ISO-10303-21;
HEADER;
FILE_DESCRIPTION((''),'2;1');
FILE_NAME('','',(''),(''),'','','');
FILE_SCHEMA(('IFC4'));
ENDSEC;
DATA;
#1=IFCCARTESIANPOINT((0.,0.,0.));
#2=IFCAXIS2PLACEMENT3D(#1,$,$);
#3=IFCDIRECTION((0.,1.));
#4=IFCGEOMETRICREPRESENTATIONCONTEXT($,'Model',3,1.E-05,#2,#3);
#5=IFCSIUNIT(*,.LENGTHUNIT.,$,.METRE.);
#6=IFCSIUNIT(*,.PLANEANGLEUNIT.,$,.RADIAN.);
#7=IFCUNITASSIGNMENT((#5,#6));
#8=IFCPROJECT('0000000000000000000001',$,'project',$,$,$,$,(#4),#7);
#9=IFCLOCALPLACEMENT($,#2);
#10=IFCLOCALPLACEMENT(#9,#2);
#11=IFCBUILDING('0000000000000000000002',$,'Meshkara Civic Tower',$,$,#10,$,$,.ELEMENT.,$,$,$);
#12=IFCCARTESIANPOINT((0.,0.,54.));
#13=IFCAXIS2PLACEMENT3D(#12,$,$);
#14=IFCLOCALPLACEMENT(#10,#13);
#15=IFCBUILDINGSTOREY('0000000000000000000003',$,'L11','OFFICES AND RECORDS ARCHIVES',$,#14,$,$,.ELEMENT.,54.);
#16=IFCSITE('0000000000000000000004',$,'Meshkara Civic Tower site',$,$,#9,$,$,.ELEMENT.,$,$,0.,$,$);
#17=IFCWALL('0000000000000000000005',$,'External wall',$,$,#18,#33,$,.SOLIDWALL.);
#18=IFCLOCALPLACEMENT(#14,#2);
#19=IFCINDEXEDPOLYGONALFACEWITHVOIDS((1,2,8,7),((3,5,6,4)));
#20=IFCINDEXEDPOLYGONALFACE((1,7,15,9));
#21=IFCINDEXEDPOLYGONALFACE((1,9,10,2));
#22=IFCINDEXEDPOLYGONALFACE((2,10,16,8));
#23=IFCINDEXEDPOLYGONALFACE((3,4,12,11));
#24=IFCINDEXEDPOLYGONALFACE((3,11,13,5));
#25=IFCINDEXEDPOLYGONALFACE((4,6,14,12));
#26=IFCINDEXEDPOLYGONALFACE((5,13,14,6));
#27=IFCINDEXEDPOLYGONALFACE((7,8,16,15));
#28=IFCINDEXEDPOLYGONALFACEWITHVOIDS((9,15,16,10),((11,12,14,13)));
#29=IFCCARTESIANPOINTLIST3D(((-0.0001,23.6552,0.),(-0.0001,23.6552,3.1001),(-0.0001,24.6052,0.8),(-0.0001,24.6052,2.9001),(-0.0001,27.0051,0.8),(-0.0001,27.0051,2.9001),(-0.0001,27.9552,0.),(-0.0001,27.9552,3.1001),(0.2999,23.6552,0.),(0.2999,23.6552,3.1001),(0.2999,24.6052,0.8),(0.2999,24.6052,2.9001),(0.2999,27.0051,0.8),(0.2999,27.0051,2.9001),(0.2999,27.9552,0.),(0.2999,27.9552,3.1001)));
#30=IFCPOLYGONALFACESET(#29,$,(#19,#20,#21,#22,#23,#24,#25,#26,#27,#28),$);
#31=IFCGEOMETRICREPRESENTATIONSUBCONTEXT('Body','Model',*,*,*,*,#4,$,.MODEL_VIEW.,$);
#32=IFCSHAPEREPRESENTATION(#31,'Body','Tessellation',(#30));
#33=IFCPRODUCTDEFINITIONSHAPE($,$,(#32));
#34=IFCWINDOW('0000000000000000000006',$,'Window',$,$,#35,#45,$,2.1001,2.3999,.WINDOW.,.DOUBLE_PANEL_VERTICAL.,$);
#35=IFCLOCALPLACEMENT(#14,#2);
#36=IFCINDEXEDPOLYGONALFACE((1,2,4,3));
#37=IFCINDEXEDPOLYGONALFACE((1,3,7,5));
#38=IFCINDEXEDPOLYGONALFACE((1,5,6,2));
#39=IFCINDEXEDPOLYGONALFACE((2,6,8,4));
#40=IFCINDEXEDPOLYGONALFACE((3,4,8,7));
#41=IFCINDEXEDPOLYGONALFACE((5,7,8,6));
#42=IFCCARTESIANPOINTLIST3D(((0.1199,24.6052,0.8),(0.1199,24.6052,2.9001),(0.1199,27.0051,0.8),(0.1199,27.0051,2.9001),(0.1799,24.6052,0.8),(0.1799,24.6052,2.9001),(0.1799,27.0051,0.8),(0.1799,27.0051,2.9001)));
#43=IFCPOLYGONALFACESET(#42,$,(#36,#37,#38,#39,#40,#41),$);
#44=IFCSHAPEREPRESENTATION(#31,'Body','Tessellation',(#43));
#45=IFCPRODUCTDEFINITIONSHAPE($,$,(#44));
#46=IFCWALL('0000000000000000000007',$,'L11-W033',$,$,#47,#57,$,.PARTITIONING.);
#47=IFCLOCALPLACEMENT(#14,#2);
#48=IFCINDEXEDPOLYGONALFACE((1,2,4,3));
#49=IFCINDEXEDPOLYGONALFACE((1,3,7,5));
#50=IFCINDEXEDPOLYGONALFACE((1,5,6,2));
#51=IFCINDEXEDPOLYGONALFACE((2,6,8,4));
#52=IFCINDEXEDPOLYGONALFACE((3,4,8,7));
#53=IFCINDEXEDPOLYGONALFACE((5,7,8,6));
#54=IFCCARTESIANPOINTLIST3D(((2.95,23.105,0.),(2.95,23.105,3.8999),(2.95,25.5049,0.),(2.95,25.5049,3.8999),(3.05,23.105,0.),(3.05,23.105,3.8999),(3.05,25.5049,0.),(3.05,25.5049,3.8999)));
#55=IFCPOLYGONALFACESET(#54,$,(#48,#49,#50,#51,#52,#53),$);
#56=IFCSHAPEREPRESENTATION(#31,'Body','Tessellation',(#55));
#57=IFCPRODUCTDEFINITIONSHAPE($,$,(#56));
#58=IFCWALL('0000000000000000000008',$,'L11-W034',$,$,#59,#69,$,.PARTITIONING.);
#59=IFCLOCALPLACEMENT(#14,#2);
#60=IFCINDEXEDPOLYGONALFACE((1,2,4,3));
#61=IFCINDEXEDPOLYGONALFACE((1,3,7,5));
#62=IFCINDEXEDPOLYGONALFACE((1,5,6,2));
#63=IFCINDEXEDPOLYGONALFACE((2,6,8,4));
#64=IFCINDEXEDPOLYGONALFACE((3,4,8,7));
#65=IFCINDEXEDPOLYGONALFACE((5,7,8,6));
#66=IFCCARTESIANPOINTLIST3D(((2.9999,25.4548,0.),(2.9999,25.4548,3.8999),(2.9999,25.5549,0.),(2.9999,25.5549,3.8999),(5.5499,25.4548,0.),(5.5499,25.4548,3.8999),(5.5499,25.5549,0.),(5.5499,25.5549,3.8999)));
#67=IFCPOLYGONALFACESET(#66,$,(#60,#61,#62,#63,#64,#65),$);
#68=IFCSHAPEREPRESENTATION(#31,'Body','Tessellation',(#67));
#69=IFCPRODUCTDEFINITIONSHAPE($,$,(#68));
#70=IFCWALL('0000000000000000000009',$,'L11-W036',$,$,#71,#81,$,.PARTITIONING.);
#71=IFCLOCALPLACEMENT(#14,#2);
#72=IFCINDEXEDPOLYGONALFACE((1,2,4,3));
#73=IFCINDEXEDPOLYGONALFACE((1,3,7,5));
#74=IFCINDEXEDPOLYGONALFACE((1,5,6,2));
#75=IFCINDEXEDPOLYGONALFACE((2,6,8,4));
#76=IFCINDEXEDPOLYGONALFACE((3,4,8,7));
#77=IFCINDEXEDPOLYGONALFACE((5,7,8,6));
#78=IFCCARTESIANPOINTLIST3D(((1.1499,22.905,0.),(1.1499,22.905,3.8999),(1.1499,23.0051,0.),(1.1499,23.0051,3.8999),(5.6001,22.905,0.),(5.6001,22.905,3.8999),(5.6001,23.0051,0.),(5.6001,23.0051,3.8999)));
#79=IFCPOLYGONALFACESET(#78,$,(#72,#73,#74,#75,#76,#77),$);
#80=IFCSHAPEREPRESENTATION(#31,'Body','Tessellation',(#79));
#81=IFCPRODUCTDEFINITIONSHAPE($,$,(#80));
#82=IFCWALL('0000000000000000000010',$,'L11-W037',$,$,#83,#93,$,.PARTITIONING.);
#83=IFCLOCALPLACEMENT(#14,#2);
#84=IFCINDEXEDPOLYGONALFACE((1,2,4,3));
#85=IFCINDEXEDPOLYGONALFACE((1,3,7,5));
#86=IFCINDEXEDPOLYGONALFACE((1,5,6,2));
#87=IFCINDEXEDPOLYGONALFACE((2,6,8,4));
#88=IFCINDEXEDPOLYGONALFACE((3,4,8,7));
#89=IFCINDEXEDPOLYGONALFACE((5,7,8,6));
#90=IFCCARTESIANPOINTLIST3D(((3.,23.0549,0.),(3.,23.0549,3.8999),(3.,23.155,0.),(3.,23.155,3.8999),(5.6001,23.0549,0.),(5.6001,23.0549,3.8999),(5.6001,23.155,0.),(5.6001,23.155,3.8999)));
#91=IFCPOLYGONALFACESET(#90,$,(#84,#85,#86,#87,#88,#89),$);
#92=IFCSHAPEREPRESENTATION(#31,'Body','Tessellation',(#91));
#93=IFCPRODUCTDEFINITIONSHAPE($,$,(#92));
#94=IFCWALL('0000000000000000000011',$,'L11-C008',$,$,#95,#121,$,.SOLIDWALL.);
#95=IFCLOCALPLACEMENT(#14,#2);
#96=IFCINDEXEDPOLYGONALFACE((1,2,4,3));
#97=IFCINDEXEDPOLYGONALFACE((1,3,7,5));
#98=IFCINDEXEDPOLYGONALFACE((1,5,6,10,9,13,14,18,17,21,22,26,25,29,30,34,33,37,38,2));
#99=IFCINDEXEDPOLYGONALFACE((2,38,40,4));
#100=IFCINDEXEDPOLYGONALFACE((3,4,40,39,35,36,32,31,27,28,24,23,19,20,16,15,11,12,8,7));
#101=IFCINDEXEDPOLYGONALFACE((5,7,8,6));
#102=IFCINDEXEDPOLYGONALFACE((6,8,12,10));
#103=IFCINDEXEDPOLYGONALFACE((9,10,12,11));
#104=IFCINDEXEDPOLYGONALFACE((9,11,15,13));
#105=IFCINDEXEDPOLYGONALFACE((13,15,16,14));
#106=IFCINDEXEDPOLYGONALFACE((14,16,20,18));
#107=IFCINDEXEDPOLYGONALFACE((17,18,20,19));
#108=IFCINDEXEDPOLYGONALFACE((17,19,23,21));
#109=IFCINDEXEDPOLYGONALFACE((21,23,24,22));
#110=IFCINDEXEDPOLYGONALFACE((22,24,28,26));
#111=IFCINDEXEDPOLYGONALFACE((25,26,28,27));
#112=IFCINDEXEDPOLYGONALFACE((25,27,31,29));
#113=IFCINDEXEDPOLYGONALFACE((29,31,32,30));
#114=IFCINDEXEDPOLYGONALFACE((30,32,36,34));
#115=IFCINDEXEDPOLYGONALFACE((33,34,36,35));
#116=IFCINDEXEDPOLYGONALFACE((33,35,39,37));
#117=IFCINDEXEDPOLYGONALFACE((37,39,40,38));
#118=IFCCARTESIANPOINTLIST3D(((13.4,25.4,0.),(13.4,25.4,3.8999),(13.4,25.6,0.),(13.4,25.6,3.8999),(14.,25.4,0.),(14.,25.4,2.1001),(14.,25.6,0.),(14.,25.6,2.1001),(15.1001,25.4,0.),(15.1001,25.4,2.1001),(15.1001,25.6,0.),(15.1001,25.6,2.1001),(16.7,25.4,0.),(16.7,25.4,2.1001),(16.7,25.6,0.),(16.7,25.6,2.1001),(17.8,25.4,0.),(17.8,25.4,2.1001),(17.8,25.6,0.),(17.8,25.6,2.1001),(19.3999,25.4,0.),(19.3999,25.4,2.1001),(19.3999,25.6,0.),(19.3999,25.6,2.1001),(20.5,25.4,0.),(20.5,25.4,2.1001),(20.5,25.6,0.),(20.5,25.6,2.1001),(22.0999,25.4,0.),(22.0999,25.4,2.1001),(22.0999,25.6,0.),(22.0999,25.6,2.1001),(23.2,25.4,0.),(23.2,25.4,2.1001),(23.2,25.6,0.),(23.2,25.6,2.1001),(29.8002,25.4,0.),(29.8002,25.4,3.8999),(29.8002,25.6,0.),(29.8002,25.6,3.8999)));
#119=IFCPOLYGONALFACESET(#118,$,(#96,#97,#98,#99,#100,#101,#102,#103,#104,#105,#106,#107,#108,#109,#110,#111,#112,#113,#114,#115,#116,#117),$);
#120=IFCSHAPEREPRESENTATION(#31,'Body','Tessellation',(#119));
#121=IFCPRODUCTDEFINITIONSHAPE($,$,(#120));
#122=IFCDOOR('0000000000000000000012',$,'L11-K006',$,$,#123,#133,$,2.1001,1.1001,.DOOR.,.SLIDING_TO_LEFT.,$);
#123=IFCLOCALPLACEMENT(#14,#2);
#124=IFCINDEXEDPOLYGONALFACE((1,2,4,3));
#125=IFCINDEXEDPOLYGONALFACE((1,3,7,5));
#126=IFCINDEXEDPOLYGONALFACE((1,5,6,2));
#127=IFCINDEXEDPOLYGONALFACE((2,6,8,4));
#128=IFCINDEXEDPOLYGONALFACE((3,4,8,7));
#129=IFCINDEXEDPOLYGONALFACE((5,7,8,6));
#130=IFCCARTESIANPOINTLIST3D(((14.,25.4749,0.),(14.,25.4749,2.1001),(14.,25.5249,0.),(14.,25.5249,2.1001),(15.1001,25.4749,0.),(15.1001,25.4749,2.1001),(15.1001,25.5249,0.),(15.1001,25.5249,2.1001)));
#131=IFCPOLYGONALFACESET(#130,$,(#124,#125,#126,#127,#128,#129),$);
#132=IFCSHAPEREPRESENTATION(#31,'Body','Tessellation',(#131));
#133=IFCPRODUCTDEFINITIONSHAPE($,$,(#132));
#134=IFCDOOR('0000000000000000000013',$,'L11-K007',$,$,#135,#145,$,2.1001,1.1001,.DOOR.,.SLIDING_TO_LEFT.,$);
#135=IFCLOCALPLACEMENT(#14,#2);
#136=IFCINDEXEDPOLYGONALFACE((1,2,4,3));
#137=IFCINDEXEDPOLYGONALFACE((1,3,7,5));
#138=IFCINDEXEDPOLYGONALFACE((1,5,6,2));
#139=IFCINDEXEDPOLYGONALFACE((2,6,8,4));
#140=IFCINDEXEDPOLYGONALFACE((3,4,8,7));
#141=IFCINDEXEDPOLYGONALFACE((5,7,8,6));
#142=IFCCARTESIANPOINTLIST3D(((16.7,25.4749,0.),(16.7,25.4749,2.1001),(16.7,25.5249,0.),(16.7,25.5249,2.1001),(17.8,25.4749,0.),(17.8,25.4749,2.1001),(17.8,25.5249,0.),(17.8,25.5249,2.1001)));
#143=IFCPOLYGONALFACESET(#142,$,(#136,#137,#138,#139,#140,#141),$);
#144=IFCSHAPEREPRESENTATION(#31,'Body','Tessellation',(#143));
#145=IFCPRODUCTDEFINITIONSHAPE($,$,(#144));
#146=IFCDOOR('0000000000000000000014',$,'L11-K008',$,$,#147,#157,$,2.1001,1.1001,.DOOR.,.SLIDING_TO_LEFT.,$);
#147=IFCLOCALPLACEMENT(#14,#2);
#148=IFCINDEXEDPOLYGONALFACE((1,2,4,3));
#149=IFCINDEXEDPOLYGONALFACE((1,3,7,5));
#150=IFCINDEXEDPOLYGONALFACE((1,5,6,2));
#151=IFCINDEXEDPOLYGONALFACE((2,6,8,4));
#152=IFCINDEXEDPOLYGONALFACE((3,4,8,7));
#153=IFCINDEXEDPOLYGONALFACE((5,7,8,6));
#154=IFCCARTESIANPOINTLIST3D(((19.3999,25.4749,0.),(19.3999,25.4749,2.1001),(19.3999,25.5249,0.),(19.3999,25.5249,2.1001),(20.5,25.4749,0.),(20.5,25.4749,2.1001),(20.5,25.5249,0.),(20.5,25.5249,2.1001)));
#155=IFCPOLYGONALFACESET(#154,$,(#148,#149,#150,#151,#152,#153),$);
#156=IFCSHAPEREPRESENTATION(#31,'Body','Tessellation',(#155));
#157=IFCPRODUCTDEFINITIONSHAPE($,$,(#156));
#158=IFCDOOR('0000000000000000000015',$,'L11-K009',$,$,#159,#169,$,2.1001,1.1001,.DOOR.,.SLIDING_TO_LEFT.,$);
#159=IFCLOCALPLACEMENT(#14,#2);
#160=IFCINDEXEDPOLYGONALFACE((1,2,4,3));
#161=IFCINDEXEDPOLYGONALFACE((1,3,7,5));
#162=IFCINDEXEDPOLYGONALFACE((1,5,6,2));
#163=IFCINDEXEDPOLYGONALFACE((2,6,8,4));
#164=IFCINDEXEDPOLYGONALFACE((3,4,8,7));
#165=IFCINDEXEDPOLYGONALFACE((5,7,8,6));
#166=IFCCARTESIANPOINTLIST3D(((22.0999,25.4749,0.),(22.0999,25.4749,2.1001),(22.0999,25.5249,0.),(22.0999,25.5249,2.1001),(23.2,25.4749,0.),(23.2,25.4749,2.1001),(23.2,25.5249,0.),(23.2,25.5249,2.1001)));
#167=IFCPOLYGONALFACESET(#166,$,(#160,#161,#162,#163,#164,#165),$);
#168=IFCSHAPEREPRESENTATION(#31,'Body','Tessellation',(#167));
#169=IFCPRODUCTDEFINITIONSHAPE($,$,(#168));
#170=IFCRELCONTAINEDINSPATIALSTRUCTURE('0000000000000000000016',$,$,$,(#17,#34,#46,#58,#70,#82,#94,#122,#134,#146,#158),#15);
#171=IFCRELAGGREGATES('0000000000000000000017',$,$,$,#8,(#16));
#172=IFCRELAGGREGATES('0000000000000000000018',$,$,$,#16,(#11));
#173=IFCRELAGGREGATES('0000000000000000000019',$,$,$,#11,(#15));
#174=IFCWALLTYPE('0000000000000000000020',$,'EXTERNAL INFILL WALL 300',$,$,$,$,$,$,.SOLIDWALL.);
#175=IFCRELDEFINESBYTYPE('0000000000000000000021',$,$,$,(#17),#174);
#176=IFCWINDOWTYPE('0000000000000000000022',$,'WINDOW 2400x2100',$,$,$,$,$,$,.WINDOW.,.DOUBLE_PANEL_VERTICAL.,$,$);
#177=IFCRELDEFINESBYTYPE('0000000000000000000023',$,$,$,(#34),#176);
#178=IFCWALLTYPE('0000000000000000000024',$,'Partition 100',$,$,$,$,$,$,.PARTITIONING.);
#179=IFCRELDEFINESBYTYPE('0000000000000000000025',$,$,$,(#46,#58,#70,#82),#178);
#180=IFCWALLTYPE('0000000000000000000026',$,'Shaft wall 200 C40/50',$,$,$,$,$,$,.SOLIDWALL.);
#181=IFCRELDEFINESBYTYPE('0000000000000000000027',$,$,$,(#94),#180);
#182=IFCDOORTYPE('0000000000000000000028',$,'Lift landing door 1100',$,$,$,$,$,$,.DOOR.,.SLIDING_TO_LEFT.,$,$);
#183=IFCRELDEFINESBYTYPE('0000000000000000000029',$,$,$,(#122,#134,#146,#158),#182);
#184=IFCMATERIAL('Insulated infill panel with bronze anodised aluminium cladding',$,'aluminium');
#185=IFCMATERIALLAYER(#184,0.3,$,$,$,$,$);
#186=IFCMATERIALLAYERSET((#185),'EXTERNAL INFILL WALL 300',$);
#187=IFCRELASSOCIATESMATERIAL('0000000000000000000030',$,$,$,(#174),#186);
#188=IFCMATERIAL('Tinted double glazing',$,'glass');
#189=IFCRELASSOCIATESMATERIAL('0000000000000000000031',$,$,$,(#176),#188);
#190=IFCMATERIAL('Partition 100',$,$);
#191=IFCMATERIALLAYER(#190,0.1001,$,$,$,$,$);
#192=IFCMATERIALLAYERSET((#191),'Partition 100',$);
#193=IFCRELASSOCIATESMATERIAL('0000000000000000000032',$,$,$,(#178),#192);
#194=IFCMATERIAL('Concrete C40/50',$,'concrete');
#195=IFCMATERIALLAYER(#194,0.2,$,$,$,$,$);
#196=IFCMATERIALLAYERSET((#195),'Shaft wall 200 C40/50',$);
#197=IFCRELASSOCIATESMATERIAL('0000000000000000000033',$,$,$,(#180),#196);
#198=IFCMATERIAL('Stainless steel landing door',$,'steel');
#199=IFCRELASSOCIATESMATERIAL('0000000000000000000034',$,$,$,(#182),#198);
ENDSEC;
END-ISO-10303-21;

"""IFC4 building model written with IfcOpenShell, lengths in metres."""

from ifc_helpers import new_model, si_unit, direction, frame, frame_2d, origin, place, context, subcontext, project, spatial, rectangle, extrude, material, layer, layer_set, type_object, element, fill, save


model = new_model("IFC4")

# Units and contexts
model_context = context("Model", 3, precision=1e-05, world=origin(), true_north=direction((0.0, 1.0)))
body_context = subcontext(model_context, "Body", "Model", "MODEL_VIEW")
ifc_project = project(units=[si_unit("LENGTHUNIT", "METRE"), si_unit("PLANEANGLEUNIT", "RADIAN")], contexts=[model_context])

# Site, building, storey
site_placement = place(None, origin())
site = spatial("IfcSite", under=ifc_project, at=site_placement, Name="Meshkara Civic Tower site", CompositionType="ELEMENT", RefElevation=0.0)
building_placement = place(site_placement, origin())
building = spatial("IfcBuilding", under=site, at=building_placement, Name="Meshkara Civic Tower", CompositionType="ELEMENT")
storey_placement = place(building_placement, frame((0.0, 0.0, 54.0)))
storey = spatial("IfcBuildingStorey", under=building, at=storey_placement, Name="L11", Description="OFFICES AND RECORDS ARCHIVES", CompositionType="ELEMENT", Elevation=54.0)

# Wall, opening, window
ifc_material_1 = material(Name="Insulated infill panel with bronze anodised aluminium cladding", Category="aluminium")
ifc_layer_1 = layer(ifc_material_1, 0.3)
ifc_layer_set_1 = layer_set([ifc_layer_1], Name="EXTERNAL INFILL WALL 300")
wall_type_1 = type_object("IfcWallType", Name="EXTERNAL INFILL WALL 300", PredefinedType="SOLIDWALL", material=ifc_layer_set_1)
wall_1_placement = place(storey_placement, frame((0.1499, 27.9551, 0.0), z_axis=(0.0, 0.0, 1.0), x_axis=(0.0, -1.0, 0.0)))
wall_1 = element("IfcWall", 1, at=wall_1_placement, inside=storey, type_object=wall_type_1, Name="External wall", PredefinedType="SOLIDWALL", context=body_context, shape_type="SweptSolid", body=[
    extrude(rectangle(XDim=4.3, YDim=0.3, at=frame_2d((2.1499, 0.0))), origin(), (0.0, 0.0, 1.0), 3.1001),
])
opening_1_placement = place(wall_1_placement, frame((0.95, 0.0, 0.8)))
opening_1 = element("IfcOpeningElement", 2, at=opening_1_placement, cuts=wall_1, PredefinedType="OPENING", context=body_context, shape_type="SweptSolid", body=[
    extrude(rectangle(XDim=2.3999, YDim=2.1001, at=frame_2d((1.2, 1.05))), frame((0.0, 0.1599, 0.0), z_axis=(0.0, -1.0, 0.0), x_axis=(1.0, 0.0, 0.0)), (0.0, 0.0, 1.0), 0.3201),
])
ifc_material_2 = material(Name="Tinted double glazing", Category="glass")
window_type = type_object("IfcWindowType", Name="WINDOW 2400x2100", PartitioningType="DOUBLE_PANEL_VERTICAL", PredefinedType="WINDOW", material=ifc_material_2)
window_placement = place(opening_1_placement, origin())
window = element("IfcWindow", 3, at=window_placement, inside=storey, type_object=window_type, Name="Window", OverallHeight=2.1001, OverallWidth=2.3999, PartitioningType="DOUBLE_PANEL_VERTICAL", PredefinedType="WINDOW", context=body_context, shape_type="SweptSolid", body=[
    extrude(rectangle(XDim=2.3999, YDim=2.1001, at=frame_2d((1.2, 1.05))), frame((0.0, 0.03, 0.0), z_axis=(0.0, -1.0, 0.0), x_axis=(1.0, 0.0, 0.0)), (0.0, 0.0, 1.0), 0.0601),
])
fill(opening_1, window)

# Walls
ifc_material_3 = material(Name="Partition 100")
ifc_layer_2 = layer(ifc_material_3, 0.1001)
ifc_layer_set_2 = layer_set([ifc_layer_2], Name="Partition 100")
wall_type_2 = type_object("IfcWallType", Name="Partition 100", PredefinedType="PARTITIONING", material=ifc_layer_set_2)
wall_2_placement = place(storey_placement, frame((3.0, 23.105, 0.0), z_axis=(0.0, 0.0, 1.0), x_axis=(0.0, 1.0, 0.0)))
element("IfcWall", 4, at=wall_2_placement, inside=storey, type_object=wall_type_2, Name="L11-W033", PredefinedType="PARTITIONING", context=body_context, shape_type="SweptSolid", body=[
    extrude(rectangle(XDim=2.3999, YDim=0.1001, at=frame_2d((1.2, 0.0))), origin(), (0.0, 0.0, 1.0), 3.8999),
])
wall_3_placement = place(storey_placement, frame((3.0, 25.5049, 0.0), z_axis=(0.0, 0.0, 1.0), x_axis=(1.0, 0.0, 0.0)))
element("IfcWall", 5, at=wall_3_placement, inside=storey, type_object=wall_type_2, Name="L11-W034", PredefinedType="PARTITIONING", context=body_context, shape_type="SweptSolid", body=[
    extrude(rectangle(XDim=2.55, YDim=0.1001, at=frame_2d((1.2749, 0.0))), origin(), (0.0, 0.0, 1.0), 3.8999),
])
wall_4_placement = place(storey_placement, frame((5.6001, 22.9551, 0.0), z_axis=(0.0, 0.0, 1.0), x_axis=(-1.0, 0.0, 0.0)))
element("IfcWall", 6, at=wall_4_placement, inside=storey, type_object=wall_type_2, Name="L11-W036", PredefinedType="PARTITIONING", context=body_context, shape_type="SweptSolid", body=[
    extrude(rectangle(XDim=4.4502, YDim=0.1001, at=frame_2d((2.2251, 0.0))), origin(), (0.0, 0.0, 1.0), 3.8999),
])
wall_5_placement = place(storey_placement, frame((5.6001, 23.105, 0.0), z_axis=(0.0, 0.0, 1.0), x_axis=(-1.0, 0.0, 0.0)))
element("IfcWall", 7, at=wall_5_placement, inside=storey, type_object=wall_type_2, Name="L11-W037", PredefinedType="PARTITIONING", context=body_context, shape_type="SweptSolid", body=[
    extrude(rectangle(XDim=2.6001, YDim=0.1001, at=frame_2d((1.3, 0.0))), origin(), (0.0, 0.0, 1.0), 3.8999),
])

# Wall, openings, doors
ifc_material_4 = material(Name="Concrete C40/50", Category="concrete")
ifc_layer_3 = layer(ifc_material_4, 0.2)
ifc_layer_set_3 = layer_set([ifc_layer_3], Name="Shaft wall 200 C40/50")
wall_type_3 = type_object("IfcWallType", Name="Shaft wall 200 C40/50", PredefinedType="SOLIDWALL", material=ifc_layer_set_3)
wall_6_placement = place(storey_placement, frame((13.3999, 25.5, 0.0), z_axis=(0.0, 0.0, 1.0), x_axis=(1.0, 0.0, 0.0)))
wall_6 = element("IfcWall", 8, at=wall_6_placement, inside=storey, type_object=wall_type_3, Name="L11-C008", PredefinedType="SOLIDWALL", context=body_context, shape_type="SweptSolid", body=[
    extrude(rectangle(XDim=16.4001, YDim=0.2, at=frame_2d((8.2002, 0.0))), origin(), (0.0, 0.0, 1.0), 3.8999),
])
opening_2_placement = place(wall_6_placement, frame((0.6001, 0.0, 0.0)))
opening_2 = element("IfcOpeningElement", 9, at=opening_2_placement, cuts=wall_6, PredefinedType="OPENING", context=body_context, shape_type="SweptSolid", body=[
    extrude(rectangle(XDim=1.1001, YDim=2.1001, at=frame_2d((0.55, 1.05))), frame((0.0, 0.1099, 0.0), z_axis=(0.0, -1.0, 0.0), x_axis=(1.0, 0.0, 0.0)), (0.0, 0.0, 1.0), 0.22),
])
opening_3_placement = place(wall_6_placement, frame((3.3, 0.0, 0.0)))
opening_3 = element("IfcOpeningElement", 10, at=opening_3_placement, cuts=wall_6, PredefinedType="OPENING", context=body_context, shape_type="SweptSolid", body=[
    extrude(rectangle(XDim=1.1001, YDim=2.1001, at=frame_2d((0.55, 1.05))), frame((0.0, 0.1099, 0.0), z_axis=(0.0, -1.0, 0.0), x_axis=(1.0, 0.0, 0.0)), (0.0, 0.0, 1.0), 0.22),
])
opening_4_placement = place(wall_6_placement, frame((6.0, 0.0, 0.0)))
opening_4 = element("IfcOpeningElement", 11, at=opening_4_placement, cuts=wall_6, PredefinedType="OPENING", context=body_context, shape_type="SweptSolid", body=[
    extrude(rectangle(XDim=1.1001, YDim=2.1001, at=frame_2d((0.55, 1.05))), frame((0.0, 0.1099, 0.0), z_axis=(0.0, -1.0, 0.0), x_axis=(1.0, 0.0, 0.0)), (0.0, 0.0, 1.0), 0.22),
])
opening_5_placement = place(wall_6_placement, frame((8.7, 0.0, 0.0)))
opening_5 = element("IfcOpeningElement", 12, at=opening_5_placement, cuts=wall_6, PredefinedType="OPENING", context=body_context, shape_type="SweptSolid", body=[
    extrude(rectangle(XDim=1.1001, YDim=2.1001, at=frame_2d((0.55, 1.05))), frame((0.0, 0.1099, 0.0), z_axis=(0.0, -1.0, 0.0), x_axis=(1.0, 0.0, 0.0)), (0.0, 0.0, 1.0), 0.22),
])
ifc_material_5 = material(Name="Stainless steel landing door", Category="steel")
door_type_1 = type_object("IfcDoorType", Name="Lift landing door 1100", OperationType="SLIDING_TO_LEFT", PredefinedType="DOOR", material=ifc_material_5)
door_1_placement = place(opening_2_placement, origin())
door_1 = element("IfcDoor", 13, at=door_1_placement, inside=storey, type_object=door_type_1, Name="L11-K006", OperationType="SLIDING_TO_LEFT", OverallHeight=2.1001, OverallWidth=1.1001, PredefinedType="DOOR", context=body_context, shape_type="SweptSolid", body=[
    extrude(rectangle(XDim=1.1001, YDim=2.1001, at=frame_2d((0.55, 1.05))), frame((0.0, 0.0249, 0.0), z_axis=(0.0, -1.0, 0.0), x_axis=(1.0, 0.0, 0.0)), (0.0, 0.0, 1.0), 0.05),
])
fill(opening_2, door_1)
door_2_placement = place(opening_3_placement, origin())
door_2 = element("IfcDoor", 14, at=door_2_placement, inside=storey, type_object=door_type_1, Name="L11-K007", OperationType="SLIDING_TO_LEFT", OverallHeight=2.1001, OverallWidth=1.1001, PredefinedType="DOOR", context=body_context, shape_type="SweptSolid", body=[
    extrude(rectangle(XDim=1.1001, YDim=2.1001, at=frame_2d((0.55, 1.05))), frame((0.0, 0.0249, 0.0), z_axis=(0.0, -1.0, 0.0), x_axis=(1.0, 0.0, 0.0)), (0.0, 0.0, 1.0), 0.05),
])
fill(opening_3, door_2)
door_3_placement = place(opening_4_placement, origin())
door_3 = element("IfcDoor", 15, at=door_3_placement, inside=storey, type_object=door_type_1, Name="L11-K008", OperationType="SLIDING_TO_LEFT", OverallHeight=2.1001, OverallWidth=1.1001, PredefinedType="DOOR", context=body_context, shape_type="SweptSolid", body=[
    extrude(rectangle(XDim=1.1001, YDim=2.1001, at=frame_2d((0.55, 1.05))), frame((0.0, 0.0249, 0.0), z_axis=(0.0, -1.0, 0.0), x_axis=(1.0, 0.0, 0.0)), (0.0, 0.0, 1.0), 0.05),
])
fill(opening_4, door_3)
door_4_placement = place(opening_5_placement, origin())
door_4 = element("IfcDoor", 16, at=door_4_placement, inside=storey, type_object=door_type_1, Name="L11-K009", OperationType="SLIDING_TO_LEFT", OverallHeight=2.1001, OverallWidth=1.1001, PredefinedType="DOOR", context=body_context, shape_type="SweptSolid", body=[
    extrude(rectangle(XDim=1.1001, YDim=2.1001, at=frame_2d((0.55, 1.05))), frame((0.0, 0.0249, 0.0), z_axis=(0.0, -1.0, 0.0), x_axis=(1.0, 0.0, 0.0)), (0.0, 0.0, 1.0), 0.05),
])
fill(opening_5, door_4)

save(model, "model.ifc")
